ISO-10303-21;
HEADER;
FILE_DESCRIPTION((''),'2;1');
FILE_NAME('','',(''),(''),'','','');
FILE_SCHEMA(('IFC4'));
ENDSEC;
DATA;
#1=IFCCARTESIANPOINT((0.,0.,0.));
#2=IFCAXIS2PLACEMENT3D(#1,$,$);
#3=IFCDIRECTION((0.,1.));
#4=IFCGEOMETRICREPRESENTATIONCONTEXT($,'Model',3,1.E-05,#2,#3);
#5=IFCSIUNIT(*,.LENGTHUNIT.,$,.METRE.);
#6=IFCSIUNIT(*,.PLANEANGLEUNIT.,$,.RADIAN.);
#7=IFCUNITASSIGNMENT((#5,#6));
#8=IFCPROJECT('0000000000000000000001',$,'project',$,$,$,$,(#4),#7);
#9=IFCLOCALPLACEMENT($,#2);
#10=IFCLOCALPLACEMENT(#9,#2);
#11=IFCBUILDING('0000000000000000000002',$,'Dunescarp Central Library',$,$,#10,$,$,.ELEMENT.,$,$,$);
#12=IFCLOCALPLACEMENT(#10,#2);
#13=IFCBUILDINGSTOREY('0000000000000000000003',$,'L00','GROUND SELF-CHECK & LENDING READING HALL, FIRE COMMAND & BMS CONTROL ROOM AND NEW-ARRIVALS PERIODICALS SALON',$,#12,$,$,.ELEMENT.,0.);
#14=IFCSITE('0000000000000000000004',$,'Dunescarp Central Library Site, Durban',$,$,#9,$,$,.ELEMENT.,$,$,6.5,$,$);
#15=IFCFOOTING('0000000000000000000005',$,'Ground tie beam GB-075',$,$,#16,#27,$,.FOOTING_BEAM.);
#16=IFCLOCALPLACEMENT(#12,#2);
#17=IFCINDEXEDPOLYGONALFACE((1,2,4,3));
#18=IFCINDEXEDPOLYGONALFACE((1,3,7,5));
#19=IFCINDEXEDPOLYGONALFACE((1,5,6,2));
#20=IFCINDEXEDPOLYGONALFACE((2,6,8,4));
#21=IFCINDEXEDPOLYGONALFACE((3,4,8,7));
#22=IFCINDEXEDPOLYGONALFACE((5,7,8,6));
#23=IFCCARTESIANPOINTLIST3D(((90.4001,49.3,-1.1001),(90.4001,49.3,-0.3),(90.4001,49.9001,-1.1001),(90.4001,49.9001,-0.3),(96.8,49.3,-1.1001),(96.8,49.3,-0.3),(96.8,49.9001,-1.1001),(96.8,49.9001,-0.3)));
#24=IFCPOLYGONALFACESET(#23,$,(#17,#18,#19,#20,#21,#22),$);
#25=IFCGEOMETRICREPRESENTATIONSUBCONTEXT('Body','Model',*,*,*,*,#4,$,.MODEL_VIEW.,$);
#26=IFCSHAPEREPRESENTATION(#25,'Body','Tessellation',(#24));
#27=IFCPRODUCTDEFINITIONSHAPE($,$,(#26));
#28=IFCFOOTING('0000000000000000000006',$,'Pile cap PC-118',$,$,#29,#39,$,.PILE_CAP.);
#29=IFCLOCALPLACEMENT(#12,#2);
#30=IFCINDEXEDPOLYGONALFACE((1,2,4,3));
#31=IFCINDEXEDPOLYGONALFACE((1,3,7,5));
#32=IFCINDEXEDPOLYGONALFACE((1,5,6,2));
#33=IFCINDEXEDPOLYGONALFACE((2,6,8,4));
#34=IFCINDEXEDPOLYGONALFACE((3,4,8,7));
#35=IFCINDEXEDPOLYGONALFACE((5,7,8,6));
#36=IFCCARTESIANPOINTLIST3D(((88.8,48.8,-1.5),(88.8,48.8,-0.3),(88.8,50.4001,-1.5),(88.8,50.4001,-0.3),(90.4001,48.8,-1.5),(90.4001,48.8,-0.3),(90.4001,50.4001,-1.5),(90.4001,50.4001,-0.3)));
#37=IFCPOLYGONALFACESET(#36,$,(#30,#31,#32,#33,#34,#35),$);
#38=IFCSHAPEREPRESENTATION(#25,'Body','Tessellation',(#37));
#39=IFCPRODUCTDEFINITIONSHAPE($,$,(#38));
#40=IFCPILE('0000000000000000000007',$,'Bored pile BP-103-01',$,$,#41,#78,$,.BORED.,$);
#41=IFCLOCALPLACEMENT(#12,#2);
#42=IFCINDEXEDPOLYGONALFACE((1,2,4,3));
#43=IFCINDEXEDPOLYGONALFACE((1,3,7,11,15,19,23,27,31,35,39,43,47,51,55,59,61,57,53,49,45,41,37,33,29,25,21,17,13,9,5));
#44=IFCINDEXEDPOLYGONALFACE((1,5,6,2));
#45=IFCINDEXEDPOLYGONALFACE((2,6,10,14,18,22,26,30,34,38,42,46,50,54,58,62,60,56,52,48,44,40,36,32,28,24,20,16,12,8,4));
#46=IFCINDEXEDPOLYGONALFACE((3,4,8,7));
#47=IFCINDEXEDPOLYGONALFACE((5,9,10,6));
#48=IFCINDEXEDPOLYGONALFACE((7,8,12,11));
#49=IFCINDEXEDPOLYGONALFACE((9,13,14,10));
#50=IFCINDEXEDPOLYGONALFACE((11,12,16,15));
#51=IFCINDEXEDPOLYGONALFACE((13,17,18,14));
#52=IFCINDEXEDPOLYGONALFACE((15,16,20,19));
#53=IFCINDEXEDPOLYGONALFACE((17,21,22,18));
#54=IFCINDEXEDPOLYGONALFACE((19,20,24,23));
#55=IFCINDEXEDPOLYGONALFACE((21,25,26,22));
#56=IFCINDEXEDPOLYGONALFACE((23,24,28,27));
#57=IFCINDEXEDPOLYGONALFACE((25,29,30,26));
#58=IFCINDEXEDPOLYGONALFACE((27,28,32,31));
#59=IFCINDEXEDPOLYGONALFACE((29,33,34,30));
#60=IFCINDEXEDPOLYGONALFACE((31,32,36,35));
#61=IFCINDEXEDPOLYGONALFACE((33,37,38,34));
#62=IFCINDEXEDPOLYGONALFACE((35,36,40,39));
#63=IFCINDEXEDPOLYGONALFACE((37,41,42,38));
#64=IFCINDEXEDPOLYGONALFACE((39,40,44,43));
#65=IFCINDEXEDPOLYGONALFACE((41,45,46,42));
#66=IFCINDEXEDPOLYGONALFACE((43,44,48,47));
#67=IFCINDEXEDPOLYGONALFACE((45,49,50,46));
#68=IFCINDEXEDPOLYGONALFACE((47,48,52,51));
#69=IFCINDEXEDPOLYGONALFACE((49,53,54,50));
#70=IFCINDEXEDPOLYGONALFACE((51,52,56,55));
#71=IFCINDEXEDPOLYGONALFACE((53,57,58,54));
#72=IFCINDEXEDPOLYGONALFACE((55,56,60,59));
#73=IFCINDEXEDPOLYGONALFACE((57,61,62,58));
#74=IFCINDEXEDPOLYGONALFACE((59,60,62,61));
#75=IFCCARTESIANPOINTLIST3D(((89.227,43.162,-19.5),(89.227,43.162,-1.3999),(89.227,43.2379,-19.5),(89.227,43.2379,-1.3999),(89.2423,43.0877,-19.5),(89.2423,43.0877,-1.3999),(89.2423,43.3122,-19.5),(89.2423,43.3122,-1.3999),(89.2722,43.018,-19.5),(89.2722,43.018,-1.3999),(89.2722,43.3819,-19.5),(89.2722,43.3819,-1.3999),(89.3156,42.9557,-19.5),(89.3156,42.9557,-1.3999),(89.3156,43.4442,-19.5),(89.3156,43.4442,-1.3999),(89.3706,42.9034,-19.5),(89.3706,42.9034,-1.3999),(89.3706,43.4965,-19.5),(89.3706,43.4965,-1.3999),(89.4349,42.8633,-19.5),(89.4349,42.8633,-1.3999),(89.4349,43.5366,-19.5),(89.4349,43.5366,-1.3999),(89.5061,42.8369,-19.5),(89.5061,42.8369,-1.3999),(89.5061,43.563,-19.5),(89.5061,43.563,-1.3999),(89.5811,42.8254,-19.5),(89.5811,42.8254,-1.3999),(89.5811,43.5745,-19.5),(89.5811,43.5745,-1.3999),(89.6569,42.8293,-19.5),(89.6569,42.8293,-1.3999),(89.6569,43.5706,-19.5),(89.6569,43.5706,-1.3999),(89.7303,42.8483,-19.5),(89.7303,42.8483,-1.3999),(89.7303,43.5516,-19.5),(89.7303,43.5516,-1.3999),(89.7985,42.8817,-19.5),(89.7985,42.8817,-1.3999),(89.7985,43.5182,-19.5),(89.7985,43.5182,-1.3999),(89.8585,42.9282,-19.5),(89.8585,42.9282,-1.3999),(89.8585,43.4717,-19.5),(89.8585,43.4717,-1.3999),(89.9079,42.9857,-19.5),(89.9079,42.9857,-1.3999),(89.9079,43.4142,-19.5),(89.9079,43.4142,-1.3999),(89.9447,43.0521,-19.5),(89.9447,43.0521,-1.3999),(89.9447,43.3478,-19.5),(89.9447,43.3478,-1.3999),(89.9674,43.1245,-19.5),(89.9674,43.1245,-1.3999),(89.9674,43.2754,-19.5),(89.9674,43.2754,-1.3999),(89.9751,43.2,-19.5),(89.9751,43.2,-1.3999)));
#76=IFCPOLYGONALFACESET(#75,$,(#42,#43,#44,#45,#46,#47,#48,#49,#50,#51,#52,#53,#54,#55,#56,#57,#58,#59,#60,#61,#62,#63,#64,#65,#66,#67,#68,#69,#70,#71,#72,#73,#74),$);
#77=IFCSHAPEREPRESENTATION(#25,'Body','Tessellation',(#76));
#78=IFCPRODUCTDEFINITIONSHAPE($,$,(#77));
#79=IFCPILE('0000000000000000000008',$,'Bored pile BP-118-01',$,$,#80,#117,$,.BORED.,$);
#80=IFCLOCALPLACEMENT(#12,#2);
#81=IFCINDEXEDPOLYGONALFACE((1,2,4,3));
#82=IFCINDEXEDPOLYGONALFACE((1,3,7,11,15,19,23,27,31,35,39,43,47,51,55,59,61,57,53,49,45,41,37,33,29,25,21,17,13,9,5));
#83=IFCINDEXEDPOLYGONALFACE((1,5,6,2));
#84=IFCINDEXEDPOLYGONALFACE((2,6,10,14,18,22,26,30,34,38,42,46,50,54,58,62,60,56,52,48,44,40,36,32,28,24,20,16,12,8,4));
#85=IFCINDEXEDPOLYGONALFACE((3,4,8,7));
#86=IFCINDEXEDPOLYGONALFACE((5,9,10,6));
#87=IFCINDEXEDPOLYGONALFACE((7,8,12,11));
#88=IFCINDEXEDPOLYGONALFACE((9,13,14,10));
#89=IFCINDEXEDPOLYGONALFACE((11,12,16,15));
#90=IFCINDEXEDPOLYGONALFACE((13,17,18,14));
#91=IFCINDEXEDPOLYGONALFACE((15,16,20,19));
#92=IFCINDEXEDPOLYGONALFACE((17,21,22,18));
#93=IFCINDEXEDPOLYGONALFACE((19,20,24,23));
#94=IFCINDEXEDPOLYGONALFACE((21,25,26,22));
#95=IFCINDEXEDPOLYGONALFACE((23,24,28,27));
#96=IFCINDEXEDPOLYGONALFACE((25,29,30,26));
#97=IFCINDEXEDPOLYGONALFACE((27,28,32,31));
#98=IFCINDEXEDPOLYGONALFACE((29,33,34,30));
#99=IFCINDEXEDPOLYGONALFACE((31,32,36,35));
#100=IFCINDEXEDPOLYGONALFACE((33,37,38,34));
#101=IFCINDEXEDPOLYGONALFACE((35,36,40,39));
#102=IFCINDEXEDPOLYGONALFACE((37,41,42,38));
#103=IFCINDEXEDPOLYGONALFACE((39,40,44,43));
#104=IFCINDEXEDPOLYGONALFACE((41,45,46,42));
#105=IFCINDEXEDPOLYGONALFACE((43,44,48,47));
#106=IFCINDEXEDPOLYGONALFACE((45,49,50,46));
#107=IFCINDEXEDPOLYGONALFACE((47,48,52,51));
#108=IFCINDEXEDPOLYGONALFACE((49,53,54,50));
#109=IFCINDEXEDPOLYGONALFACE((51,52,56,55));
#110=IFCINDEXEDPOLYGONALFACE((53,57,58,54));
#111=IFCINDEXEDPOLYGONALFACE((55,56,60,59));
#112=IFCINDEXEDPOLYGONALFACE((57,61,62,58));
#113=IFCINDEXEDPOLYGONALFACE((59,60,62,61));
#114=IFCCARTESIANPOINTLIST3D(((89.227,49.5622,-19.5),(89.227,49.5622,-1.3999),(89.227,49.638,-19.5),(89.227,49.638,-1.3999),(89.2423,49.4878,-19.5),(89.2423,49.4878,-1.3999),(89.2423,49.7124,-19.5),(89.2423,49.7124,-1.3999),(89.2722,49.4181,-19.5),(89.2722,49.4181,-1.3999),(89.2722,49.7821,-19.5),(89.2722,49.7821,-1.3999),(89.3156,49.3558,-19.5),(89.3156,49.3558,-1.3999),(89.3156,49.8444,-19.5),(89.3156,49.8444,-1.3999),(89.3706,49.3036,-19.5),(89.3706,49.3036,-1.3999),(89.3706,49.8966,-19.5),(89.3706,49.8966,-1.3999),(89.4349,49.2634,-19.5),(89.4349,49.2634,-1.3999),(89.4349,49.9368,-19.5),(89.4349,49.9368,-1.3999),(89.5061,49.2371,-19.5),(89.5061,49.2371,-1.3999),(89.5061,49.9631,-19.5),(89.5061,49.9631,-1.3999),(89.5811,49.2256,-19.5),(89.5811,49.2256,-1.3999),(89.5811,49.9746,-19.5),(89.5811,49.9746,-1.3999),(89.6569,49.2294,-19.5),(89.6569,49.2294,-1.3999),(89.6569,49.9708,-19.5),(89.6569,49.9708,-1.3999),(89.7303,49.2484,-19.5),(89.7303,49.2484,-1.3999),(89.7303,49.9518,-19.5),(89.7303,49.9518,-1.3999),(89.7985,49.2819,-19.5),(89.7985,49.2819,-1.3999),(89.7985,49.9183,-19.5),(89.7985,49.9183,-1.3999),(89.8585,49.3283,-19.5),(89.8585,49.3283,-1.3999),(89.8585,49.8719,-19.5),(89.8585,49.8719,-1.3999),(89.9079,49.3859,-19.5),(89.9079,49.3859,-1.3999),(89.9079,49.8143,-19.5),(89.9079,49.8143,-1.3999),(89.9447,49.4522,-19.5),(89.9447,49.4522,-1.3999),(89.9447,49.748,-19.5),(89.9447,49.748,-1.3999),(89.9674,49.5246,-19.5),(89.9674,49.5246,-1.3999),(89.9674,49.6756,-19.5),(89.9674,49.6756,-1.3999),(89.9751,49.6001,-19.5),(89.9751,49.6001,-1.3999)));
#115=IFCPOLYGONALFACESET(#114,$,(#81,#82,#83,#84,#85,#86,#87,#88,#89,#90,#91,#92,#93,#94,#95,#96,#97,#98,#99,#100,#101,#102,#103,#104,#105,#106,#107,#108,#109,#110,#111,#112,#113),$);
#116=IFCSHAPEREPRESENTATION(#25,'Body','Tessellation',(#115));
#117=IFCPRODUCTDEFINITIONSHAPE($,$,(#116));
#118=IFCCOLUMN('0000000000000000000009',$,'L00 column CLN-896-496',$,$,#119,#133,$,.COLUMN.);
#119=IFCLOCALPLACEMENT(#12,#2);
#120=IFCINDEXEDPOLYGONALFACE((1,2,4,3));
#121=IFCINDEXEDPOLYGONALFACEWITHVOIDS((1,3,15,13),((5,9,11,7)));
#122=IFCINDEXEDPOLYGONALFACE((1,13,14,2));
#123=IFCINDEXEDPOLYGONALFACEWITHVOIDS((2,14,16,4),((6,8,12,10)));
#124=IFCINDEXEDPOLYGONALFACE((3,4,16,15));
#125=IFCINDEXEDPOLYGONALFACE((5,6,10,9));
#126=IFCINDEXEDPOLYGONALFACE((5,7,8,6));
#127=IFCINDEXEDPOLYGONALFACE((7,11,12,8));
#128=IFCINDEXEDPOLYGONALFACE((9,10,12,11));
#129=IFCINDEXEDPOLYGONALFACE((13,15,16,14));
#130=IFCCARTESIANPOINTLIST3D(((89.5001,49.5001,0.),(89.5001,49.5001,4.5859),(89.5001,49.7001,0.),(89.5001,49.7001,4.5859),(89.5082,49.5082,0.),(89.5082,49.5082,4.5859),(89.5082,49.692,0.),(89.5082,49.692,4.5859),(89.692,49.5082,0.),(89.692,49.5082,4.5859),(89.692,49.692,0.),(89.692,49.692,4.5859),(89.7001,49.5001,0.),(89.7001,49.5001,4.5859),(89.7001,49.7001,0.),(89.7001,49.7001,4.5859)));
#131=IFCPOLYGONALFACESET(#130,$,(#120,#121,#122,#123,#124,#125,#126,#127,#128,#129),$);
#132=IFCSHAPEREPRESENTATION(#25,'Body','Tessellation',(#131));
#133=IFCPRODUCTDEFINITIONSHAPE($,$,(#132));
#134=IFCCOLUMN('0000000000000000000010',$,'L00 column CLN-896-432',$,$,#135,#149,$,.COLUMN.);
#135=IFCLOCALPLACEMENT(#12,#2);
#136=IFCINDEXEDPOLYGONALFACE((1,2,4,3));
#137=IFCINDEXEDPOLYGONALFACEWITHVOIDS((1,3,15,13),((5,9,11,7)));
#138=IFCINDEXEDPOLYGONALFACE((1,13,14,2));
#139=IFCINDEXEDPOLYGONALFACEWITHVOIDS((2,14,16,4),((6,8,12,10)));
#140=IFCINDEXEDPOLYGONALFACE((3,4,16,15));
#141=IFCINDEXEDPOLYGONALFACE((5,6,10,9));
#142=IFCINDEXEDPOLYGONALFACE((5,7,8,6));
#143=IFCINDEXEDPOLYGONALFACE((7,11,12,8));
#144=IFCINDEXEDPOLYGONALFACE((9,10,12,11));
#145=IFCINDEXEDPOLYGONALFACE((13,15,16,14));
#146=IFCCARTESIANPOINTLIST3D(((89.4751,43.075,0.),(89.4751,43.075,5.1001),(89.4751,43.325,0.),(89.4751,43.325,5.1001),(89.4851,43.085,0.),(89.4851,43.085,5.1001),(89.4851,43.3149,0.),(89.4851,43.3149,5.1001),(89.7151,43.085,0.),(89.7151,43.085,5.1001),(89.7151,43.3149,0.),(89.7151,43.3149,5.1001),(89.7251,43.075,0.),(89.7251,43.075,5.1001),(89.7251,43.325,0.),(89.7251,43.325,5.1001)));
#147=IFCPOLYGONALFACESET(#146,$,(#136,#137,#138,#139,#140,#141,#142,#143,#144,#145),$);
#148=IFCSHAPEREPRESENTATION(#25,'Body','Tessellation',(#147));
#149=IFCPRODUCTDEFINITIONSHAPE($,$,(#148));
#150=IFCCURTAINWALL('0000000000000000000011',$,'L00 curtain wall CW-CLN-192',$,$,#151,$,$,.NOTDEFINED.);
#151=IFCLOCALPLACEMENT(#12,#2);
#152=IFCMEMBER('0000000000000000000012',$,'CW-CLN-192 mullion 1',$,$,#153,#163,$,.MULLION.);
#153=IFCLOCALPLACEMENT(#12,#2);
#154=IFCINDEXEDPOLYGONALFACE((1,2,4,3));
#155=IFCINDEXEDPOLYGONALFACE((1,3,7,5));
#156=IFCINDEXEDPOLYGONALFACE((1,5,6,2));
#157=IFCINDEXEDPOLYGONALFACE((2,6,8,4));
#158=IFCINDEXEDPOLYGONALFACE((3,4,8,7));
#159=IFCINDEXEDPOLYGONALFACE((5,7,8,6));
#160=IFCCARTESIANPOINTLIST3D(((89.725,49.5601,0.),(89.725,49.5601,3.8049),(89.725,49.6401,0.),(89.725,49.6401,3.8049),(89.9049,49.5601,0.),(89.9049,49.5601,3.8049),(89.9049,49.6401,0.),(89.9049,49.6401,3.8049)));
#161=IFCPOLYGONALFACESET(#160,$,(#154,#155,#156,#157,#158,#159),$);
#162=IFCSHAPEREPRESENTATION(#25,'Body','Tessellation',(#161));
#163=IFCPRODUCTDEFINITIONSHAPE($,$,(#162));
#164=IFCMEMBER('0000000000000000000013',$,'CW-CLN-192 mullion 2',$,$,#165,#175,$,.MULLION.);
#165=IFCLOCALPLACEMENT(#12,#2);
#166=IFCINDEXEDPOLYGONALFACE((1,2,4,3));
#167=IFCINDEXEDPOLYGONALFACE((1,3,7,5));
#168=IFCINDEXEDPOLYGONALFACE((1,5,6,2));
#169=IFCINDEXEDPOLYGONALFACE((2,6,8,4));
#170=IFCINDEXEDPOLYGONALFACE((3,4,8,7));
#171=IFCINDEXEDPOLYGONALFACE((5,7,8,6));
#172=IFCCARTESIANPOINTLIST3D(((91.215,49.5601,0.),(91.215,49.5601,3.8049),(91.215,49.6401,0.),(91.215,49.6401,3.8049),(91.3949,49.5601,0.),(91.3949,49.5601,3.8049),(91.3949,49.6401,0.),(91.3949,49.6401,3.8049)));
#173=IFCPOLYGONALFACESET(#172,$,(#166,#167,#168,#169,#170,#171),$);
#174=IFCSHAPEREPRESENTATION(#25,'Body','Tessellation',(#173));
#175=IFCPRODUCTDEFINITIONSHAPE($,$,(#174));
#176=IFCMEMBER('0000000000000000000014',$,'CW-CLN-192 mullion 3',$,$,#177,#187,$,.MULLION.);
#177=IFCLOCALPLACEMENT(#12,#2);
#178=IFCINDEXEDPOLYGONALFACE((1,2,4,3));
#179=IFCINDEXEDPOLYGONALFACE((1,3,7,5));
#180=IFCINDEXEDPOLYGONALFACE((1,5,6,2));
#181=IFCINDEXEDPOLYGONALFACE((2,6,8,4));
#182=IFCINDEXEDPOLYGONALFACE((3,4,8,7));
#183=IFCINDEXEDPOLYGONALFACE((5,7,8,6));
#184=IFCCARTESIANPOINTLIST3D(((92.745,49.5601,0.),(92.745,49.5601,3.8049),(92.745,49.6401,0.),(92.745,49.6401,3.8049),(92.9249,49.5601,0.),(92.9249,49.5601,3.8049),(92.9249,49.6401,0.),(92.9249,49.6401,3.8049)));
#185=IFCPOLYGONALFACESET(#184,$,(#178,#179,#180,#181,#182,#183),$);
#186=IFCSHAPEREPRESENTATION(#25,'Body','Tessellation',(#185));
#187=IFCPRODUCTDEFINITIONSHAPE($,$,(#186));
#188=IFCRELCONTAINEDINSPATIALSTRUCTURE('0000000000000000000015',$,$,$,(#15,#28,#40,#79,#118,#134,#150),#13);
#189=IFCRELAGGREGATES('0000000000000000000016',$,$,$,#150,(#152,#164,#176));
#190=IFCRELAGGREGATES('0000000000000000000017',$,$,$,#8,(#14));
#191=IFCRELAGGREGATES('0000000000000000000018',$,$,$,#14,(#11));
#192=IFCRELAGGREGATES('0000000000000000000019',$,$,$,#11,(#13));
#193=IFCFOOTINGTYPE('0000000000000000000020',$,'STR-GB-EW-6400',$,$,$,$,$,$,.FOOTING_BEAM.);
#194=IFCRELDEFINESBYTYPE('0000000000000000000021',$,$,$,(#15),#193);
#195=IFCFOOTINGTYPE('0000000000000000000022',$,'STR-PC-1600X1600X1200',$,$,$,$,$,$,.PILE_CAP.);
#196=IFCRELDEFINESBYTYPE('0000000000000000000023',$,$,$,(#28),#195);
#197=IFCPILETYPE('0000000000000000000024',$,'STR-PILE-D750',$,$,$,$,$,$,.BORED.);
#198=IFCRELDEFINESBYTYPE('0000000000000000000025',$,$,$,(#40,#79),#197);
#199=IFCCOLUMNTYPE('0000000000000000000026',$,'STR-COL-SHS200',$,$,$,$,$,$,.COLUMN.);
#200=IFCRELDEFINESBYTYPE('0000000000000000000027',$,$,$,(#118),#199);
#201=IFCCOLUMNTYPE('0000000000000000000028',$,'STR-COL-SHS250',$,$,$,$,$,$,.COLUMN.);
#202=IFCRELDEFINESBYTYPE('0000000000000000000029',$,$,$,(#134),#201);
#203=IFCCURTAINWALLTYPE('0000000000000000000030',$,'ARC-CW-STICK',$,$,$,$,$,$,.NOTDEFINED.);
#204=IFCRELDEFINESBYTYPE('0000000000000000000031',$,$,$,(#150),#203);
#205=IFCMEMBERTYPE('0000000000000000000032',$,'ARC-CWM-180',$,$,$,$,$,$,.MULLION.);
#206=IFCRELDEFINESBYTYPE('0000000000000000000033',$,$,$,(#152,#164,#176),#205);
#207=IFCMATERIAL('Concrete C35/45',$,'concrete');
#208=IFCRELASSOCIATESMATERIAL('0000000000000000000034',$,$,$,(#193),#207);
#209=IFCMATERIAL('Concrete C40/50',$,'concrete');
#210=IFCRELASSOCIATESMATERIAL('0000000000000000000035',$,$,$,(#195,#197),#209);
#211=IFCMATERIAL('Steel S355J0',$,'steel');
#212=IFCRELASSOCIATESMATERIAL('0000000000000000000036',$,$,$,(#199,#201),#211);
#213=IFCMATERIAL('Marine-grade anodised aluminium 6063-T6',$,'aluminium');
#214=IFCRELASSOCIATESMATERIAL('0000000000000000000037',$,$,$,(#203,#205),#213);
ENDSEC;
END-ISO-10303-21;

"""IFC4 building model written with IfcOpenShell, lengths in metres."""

from ifc_helpers import new_model, si_unit, direction, frame, origin, origin_2d, place, context, subcontext, project, spatial, rectangle, hollow_rectangle, circle, extrude, material, material_profile, profile_set, type_object, element, aggregate, save


model = new_model("IFC4")

# Units and contexts
model_context = context("Model", 3, precision=1e-05, world=origin(), true_north=direction((0.0, 1.0)))
body_context = subcontext(model_context, "Body", "Model", "MODEL_VIEW")
ifc_project = project(units=[si_unit("LENGTHUNIT", "METRE"), si_unit("PLANEANGLEUNIT", "RADIAN")], contexts=[model_context])

# Site, building, storey
site_placement = place(None, origin())
site = spatial("IfcSite", under=ifc_project, at=site_placement, Name="Dunescarp Central Library Site, Durban", CompositionType="ELEMENT", RefElevation=6.5)
building_placement = place(site_placement, origin())
building = spatial("IfcBuilding", under=site, at=building_placement, Name="Dunescarp Central Library", CompositionType="ELEMENT")
storey_placement = place(building_placement, origin())
storey = spatial("IfcBuildingStorey", under=building, at=storey_placement, Name="L00", Description="GROUND SELF-CHECK & LENDING READING HALL, FIRE COMMAND & BMS CONTROL ROOM AND NEW-ARRIVALS PERIODICALS SALON", CompositionType="ELEMENT", Elevation=0.0)

# Footings
ifc_material_1 = material(Name="Concrete C35/45", Category="concrete")
footing_type_1 = type_object("IfcFootingType", Name="STR-GB-EW-6400", PredefinedType="FOOTING_BEAM", material=ifc_material_1)
footing_1_placement = place(storey_placement, frame((93.6001, 49.6001, -1.1001), z_axis=(0.0, 0.0, 1.0), x_axis=(1.0, 0.0, 0.0)))
element("IfcFooting", 1, at=footing_1_placement, inside=storey, type_object=footing_type_1, Name="Ground tie beam GB-075", PredefinedType="FOOTING_BEAM", context=body_context, shape_type="SweptSolid", body=[
    extrude(rectangle(XDim=6.3999, YDim=0.6001, at=origin_2d()), origin(), (0.0, 0.0, 1.0), 0.8),
])
ifc_material_2 = material(Name="Concrete C40/50", Category="concrete")
footing_type_2 = type_object("IfcFootingType", Name="STR-PC-1600X1600X1200", PredefinedType="PILE_CAP", material=ifc_material_2)
footing_2_placement = place(storey_placement, frame((89.6001, 49.6001, -1.5), z_axis=(0.0, 0.0, 1.0), x_axis=(1.0, 0.0, 0.0)))
element("IfcFooting", 2, at=footing_2_placement, inside=storey, type_object=footing_type_2, Name="Pile cap PC-118", PredefinedType="PILE_CAP", context=body_context, shape_type="SweptSolid", body=[
    extrude(rectangle(XDim=1.6001, YDim=1.6001, at=origin_2d()), origin(), (0.0, 0.0, 1.0), 1.2),
])

# Piles
ifc_material_profile_1 = material_profile(ifc_material_2, circle(Radius=0.375, at=origin_2d()), Name="PILE D750")
ifc_profile_set_1 = profile_set([ifc_material_profile_1], Name="Concrete C40/50")
pile_type = type_object("IfcPileType", Name="STR-PILE-D750", PredefinedType="BORED", material=ifc_profile_set_1)
for number, where, z_axis, x_axis, name in (
    (3, (89.6001, 43.2, -1.3999), (0.0, 0.0, -1.0), (1.0, 0.0, 0.0), "Bored pile BP-103-01"),
    (4, (89.6001, 49.6001, -1.3999), (0.0, 0.0, -1.0), (1.0, 0.0, 0.0), "Bored pile BP-118-01"),
):
    element("IfcPile", number, at=place(storey_placement, frame(where, z_axis=z_axis, x_axis=x_axis)), inside=storey, type_object=pile_type, Name=name, PredefinedType="BORED", context=body_context, shape_type="SweptSolid", body=[
        extrude(circle(Radius=0.375, at=origin_2d()), origin(), (0.0, 0.0, 1.0), 18.1001),
    ])

# Columns
ifc_material_3 = material(Name="Steel S355J0", Category="steel")
ifc_material_profile_2 = material_profile(ifc_material_3, hollow_rectangle(XDim=0.2, YDim=0.2, WallThickness=0.0081, at=origin_2d()), Name="SHS 200x200x8")
ifc_profile_set_2 = profile_set([ifc_material_profile_2], Name="Steel S355J0")
column_type_1 = type_object("IfcColumnType", Name="STR-COL-SHS200", PredefinedType="COLUMN", material=ifc_profile_set_2)
column_1_placement = place(storey_placement, frame((89.6001, 49.6001, 0.0), z_axis=(0.0, 0.0, 1.0), x_axis=(1.0, 0.0, 0.0)))
element("IfcColumn", 5, at=column_1_placement, inside=storey, type_object=column_type_1, Name="L00 column CLN-896-496", PredefinedType="COLUMN", context=body_context, shape_type="SweptSolid", body=[
    extrude(hollow_rectangle(XDim=0.2, YDim=0.2, WallThickness=0.0081, at=origin_2d()), origin(), (0.0, 0.0, 1.0), 4.5859),
])
ifc_material_profile_3 = material_profile(ifc_material_3, hollow_rectangle(XDim=0.25, YDim=0.25, WallThickness=0.01, at=origin_2d()), Name="SHS 250x250x10")
ifc_profile_set_3 = profile_set([ifc_material_profile_3], Name="Steel S355J0")
column_type_2 = type_object("IfcColumnType", Name="STR-COL-SHS250", PredefinedType="COLUMN", material=ifc_profile_set_3)
column_2_placement = place(storey_placement, frame((89.6001, 43.2, 0.0), z_axis=(0.0, 0.0, 1.0), x_axis=(1.0, 0.0, 0.0)))
element("IfcColumn", 6, at=column_2_placement, inside=storey, type_object=column_type_2, Name="L00 column CLN-896-432", PredefinedType="COLUMN", context=body_context, shape_type="SweptSolid", body=[
    extrude(hollow_rectangle(XDim=0.25, YDim=0.25, WallThickness=0.01, at=origin_2d()), origin(), (0.0, 0.0, 1.0), 5.1001),
])

# Curtain wall, members
ifc_material_4 = material(Name="Marine-grade anodised aluminium 6063-T6", Category="aluminium")
curtain_wall_type = type_object("IfcCurtainWallType", Name="ARC-CW-STICK", PredefinedType="NOTDEFINED", material=ifc_material_4)
curtain_wall_placement = place(storey_placement, origin())
curtain_wall = element("IfcCurtainWall", 7, at=curtain_wall_placement, inside=storey, type_object=curtain_wall_type, Name="L00 curtain wall CW-CLN-192", PredefinedType="NOTDEFINED")
ifc_material_profile_4 = material_profile(ifc_material_4, rectangle(XDim=0.0801, YDim=0.1799, at=origin_2d()), Name="AL 80x180")
ifc_profile_set_4 = profile_set([ifc_material_profile_4], Name="Marine-grade anodised aluminium 6063-T6")
member_type_1 = type_object("IfcMemberType", Name="ARC-CWM-180", PredefinedType="MULLION", material=ifc_profile_set_4)
member_1_placement = place(storey_placement, frame((89.8149, 49.6001, 0.0), z_axis=(0.0, 0.0, 1.0), x_axis=(0.0, 1.0, 0.0)))
member_1 = element("IfcMember", 8, at=member_1_placement, type_object=member_type_1, Name="CW-CLN-192 mullion 1", PredefinedType="MULLION", context=body_context, shape_type="SweptSolid", body=[
    extrude(rectangle(XDim=0.0801, YDim=0.1799, at=origin_2d()), origin(), (0.0, 0.0, 1.0), 3.8049),
])
member_2_placement = place(storey_placement, frame((91.3049, 49.6001, 0.0), z_axis=(0.0, 0.0, 1.0), x_axis=(0.0, 1.0, 0.0)))
member_2 = element("IfcMember", 9, at=member_2_placement, type_object=member_type_1, Name="CW-CLN-192 mullion 2", PredefinedType="MULLION", context=body_context, shape_type="SweptSolid", body=[
    extrude(rectangle(XDim=0.0801, YDim=0.1799, at=origin_2d()), origin(), (0.0, 0.0, 1.0), 3.8049),
])
member_3_placement = place(storey_placement, frame((92.835, 49.6001, 0.0), z_axis=(0.0, 0.0, 1.0), x_axis=(0.0, 1.0, 0.0)))
member_3 = element("IfcMember", 10, at=member_3_placement, type_object=member_type_1, Name="CW-CLN-192 mullion 3", PredefinedType="MULLION", context=body_context, shape_type="SweptSolid", body=[
    extrude(rectangle(XDim=0.0801, YDim=0.1799, at=origin_2d()), origin(), (0.0, 0.0, 1.0), 3.8049),
])
aggregate(curtain_wall, [member_1, member_2, member_3])

save(model, "model.ifc")
